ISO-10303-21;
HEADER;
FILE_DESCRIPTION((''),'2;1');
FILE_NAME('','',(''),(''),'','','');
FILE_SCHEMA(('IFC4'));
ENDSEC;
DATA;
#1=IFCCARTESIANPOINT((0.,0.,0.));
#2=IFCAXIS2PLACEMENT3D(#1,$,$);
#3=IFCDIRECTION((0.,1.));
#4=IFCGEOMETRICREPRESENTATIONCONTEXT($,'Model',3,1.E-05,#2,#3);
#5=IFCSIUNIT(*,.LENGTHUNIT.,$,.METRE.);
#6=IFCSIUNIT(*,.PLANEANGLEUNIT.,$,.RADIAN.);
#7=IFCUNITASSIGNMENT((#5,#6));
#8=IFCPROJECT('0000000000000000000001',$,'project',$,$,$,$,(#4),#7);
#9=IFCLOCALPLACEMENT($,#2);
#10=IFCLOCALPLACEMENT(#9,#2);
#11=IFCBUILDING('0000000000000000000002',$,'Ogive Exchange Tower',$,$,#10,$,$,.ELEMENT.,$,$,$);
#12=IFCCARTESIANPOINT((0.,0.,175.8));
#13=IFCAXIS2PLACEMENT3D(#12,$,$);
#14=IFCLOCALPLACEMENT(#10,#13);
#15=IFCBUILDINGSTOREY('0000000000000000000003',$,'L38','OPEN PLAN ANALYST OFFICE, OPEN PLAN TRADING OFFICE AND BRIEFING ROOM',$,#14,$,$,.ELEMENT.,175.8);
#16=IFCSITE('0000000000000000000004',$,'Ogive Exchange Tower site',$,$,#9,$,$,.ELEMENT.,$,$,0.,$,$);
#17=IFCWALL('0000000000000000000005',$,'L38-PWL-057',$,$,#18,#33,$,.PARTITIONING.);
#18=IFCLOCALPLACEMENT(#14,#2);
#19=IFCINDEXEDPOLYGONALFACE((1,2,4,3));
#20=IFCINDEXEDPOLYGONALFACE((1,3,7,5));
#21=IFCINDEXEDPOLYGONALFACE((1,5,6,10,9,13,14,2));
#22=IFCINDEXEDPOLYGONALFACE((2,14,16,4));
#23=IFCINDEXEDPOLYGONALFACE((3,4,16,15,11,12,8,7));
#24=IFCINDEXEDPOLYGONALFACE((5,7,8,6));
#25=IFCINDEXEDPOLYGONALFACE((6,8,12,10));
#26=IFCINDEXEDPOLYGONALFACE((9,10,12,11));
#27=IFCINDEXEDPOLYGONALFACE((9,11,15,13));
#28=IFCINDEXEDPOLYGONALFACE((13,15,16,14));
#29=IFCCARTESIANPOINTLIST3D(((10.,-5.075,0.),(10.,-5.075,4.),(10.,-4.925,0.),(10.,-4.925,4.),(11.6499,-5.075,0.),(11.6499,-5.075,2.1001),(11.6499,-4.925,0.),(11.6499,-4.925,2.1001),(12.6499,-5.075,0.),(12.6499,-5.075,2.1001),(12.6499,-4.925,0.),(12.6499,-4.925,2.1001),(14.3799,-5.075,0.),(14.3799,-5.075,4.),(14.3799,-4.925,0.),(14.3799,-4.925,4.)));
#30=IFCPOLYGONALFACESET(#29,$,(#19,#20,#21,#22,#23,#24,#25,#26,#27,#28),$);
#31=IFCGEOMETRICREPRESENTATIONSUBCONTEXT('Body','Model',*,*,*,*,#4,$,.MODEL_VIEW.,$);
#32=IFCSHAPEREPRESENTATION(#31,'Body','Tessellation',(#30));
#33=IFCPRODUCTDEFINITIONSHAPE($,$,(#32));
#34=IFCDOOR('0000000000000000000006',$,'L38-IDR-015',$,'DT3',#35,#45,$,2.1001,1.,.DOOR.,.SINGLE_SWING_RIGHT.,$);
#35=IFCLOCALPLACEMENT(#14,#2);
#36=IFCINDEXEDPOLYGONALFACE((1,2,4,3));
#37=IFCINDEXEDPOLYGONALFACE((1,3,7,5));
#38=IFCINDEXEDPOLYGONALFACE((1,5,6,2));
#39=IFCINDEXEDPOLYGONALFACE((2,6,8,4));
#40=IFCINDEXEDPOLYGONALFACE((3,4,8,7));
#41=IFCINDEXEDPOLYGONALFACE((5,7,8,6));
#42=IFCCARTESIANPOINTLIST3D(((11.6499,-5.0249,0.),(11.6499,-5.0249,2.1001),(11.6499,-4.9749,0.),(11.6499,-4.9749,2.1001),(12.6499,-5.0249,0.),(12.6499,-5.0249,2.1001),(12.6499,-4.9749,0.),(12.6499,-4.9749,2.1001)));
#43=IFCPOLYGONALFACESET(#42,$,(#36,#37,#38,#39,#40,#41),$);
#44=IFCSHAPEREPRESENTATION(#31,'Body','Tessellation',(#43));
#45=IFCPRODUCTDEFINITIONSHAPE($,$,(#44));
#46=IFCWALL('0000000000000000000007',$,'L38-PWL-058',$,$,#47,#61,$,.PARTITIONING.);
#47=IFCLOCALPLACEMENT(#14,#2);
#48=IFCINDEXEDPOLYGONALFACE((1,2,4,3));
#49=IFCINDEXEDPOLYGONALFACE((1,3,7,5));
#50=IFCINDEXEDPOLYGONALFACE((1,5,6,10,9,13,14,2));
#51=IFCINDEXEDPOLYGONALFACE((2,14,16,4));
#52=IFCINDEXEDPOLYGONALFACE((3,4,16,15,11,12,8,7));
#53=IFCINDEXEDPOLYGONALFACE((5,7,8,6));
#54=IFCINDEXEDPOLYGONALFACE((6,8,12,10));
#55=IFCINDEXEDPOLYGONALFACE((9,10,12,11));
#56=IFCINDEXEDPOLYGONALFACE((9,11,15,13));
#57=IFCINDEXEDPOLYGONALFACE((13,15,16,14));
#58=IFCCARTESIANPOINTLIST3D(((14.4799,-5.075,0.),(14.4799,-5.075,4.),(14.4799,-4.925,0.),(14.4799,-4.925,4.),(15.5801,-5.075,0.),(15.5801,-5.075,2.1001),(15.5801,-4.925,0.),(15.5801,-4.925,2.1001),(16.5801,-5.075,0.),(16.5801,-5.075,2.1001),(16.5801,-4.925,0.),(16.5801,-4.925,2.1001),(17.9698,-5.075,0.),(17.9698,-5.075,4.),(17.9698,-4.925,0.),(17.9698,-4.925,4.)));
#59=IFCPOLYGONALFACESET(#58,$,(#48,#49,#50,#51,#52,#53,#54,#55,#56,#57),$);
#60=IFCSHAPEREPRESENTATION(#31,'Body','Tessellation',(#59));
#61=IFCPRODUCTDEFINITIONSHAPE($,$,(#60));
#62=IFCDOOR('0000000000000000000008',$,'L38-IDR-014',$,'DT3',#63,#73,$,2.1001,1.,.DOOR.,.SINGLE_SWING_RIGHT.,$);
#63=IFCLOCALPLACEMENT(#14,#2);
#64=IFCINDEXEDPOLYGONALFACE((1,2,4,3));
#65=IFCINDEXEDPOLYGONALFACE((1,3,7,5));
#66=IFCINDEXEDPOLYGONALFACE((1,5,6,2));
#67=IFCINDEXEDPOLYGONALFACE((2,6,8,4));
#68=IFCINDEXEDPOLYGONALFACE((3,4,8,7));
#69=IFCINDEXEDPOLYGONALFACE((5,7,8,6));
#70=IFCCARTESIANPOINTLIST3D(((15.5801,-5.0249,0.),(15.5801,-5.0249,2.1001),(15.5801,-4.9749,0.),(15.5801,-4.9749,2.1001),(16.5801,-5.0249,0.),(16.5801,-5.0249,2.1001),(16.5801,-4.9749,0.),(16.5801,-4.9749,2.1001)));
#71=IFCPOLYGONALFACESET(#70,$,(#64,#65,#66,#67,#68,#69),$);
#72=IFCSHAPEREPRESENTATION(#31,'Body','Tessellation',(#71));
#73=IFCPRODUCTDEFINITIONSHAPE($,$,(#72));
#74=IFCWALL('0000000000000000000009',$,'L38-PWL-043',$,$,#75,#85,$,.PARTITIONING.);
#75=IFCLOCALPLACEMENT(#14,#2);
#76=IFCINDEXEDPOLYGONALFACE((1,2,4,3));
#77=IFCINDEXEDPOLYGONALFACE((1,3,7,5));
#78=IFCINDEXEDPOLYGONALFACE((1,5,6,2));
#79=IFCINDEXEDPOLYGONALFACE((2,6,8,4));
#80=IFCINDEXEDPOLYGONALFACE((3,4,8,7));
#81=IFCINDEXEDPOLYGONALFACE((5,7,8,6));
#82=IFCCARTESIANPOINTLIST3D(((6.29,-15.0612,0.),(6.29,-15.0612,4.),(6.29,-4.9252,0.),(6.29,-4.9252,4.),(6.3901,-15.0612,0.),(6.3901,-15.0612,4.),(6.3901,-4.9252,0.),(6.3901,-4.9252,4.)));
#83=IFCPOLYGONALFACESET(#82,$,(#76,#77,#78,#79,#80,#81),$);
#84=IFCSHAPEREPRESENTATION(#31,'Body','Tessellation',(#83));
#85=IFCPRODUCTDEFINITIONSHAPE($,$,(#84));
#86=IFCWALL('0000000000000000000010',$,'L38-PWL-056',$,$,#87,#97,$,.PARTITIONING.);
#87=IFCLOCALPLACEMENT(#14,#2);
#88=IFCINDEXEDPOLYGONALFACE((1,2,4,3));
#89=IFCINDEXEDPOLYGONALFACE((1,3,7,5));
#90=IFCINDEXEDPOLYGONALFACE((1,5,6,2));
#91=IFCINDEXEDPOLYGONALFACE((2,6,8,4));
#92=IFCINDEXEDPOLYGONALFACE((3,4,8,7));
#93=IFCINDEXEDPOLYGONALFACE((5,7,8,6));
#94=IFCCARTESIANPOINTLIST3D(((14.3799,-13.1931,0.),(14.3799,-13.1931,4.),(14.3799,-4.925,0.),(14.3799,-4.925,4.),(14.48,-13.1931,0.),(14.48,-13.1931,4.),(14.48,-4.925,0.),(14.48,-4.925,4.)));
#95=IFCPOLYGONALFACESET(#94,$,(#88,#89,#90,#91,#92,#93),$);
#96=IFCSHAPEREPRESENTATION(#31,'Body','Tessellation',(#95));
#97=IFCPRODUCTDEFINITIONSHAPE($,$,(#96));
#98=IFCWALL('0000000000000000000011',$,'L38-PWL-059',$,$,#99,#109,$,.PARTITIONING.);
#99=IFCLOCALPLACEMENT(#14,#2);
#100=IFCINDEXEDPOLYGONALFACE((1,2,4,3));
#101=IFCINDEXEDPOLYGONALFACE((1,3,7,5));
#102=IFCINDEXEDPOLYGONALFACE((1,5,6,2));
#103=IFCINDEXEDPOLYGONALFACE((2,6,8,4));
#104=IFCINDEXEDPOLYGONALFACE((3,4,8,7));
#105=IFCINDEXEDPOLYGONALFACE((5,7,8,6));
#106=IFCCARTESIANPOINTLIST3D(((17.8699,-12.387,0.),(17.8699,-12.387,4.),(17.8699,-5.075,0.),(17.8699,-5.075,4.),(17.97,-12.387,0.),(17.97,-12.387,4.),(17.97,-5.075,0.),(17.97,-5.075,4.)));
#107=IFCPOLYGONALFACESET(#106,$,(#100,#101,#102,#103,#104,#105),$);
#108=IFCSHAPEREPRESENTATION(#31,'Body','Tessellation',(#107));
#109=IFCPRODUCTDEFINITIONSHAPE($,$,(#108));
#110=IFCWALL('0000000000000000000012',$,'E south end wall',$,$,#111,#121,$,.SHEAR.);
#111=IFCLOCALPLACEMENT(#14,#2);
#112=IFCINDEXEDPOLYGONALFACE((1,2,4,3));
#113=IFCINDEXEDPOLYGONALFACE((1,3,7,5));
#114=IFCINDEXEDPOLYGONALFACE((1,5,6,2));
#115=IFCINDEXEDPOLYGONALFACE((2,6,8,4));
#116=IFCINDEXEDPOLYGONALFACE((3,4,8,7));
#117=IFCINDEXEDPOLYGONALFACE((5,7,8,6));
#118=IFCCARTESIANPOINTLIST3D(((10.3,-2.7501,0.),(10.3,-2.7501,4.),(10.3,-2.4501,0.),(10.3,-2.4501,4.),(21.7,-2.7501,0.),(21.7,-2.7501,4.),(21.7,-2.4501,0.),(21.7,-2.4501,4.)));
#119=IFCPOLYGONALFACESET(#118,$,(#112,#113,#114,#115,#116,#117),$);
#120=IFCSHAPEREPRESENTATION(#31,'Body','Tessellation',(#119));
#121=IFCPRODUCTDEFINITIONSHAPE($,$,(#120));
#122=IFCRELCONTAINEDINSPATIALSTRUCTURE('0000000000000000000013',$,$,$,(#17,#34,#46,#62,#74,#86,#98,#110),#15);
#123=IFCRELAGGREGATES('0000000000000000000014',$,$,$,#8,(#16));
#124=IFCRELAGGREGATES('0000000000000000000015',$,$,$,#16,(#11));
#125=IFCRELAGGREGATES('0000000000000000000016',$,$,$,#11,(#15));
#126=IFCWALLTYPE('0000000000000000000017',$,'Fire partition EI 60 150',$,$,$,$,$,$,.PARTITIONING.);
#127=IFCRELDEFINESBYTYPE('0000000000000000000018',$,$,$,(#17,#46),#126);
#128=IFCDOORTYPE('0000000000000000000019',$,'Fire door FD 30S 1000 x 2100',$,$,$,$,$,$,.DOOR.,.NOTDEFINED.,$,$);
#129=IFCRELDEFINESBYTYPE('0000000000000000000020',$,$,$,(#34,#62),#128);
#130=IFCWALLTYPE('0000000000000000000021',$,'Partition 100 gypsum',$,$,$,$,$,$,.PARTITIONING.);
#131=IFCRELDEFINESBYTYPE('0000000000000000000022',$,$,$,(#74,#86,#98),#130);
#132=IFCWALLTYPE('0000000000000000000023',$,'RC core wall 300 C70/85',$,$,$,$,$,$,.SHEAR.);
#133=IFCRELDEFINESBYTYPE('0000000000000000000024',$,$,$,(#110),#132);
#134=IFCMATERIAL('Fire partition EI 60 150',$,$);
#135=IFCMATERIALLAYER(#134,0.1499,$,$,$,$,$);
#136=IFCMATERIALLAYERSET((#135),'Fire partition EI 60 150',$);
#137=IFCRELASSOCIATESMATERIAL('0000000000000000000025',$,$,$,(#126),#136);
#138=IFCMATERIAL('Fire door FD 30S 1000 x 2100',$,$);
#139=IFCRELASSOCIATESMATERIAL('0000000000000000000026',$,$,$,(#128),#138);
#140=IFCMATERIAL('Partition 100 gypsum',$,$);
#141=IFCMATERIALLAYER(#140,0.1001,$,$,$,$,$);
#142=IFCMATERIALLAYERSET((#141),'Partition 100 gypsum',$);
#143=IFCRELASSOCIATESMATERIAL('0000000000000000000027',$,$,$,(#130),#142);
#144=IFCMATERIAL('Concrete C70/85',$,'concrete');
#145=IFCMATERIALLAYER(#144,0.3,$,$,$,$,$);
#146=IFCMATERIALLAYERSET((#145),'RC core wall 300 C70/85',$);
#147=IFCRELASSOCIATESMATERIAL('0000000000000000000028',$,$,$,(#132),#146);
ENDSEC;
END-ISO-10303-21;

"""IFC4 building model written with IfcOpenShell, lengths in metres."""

from ifc_helpers import new_model, si_unit, direction, frame, frame_2d, origin, place, context, subcontext, project, spatial, rectangle, extrude, material, layer, layer_set, type_object, element, fill, save


model = new_model("IFC4")

# Units and contexts
model_context = context("Model", 3, precision=1e-05, world=origin(), true_north=direction((0.0, 1.0)))
body_context = subcontext(model_context, "Body", "Model", "MODEL_VIEW")
ifc_project = project(units=[si_unit("LENGTHUNIT", "METRE"), si_unit("PLANEANGLEUNIT", "RADIAN")], contexts=[model_context])

# Site, building, storey
site_placement = place(None, origin())
site = spatial("IfcSite", under=ifc_project, at=site_placement, Name="Ogive Exchange Tower site", CompositionType="ELEMENT", RefElevation=0.0)
building_placement = place(site_placement, origin())
building = spatial("IfcBuilding", under=site, at=building_placement, Name="Ogive Exchange Tower", CompositionType="ELEMENT")
storey_placement = place(building_placement, frame((0.0, 0.0, 175.8)))
storey = spatial("IfcBuildingStorey", under=building, at=storey_placement, Name="L38", Description="OPEN PLAN ANALYST OFFICE, OPEN PLAN TRADING OFFICE AND BRIEFING ROOM", CompositionType="ELEMENT", Elevation=175.8)

# Shared definitions
ifc_material_1 = material(Name="Fire partition EI 60 150")
ifc_layer_1 = layer(ifc_material_1, 0.1499)
ifc_layer_set_1 = layer_set([ifc_layer_1], Name="Fire partition EI 60 150")
wall_type_1 = type_object("IfcWallType", Name="Fire partition EI 60 150", PredefinedType="PARTITIONING", material=ifc_layer_set_1)
ifc_material_2 = material(Name="Fire door FD 30S 1000 x 2100")
door_type_1 = type_object("IfcDoorType", Name="Fire door FD 30S 1000 x 2100", OperationType="NOTDEFINED", PredefinedType="DOOR", material=ifc_material_2)

# Walls, openings, doors
wall_1_placement = place(storey_placement, frame((14.3799, -5.0, 0.0), z_axis=(0.0, 0.0, 1.0), x_axis=(-1.0, 0.0, 0.0)))
wall_1 = element("IfcWall", 1, at=wall_1_placement, inside=storey, type_object=wall_type_1, Name="L38-PWL-057", PredefinedType="PARTITIONING", context=body_context, shape_type="SweptSolid", body=[
    extrude(rectangle(XDim=4.3799, YDim=0.1499, at=frame_2d((2.1899, 0.0))), origin(), (0.0, 0.0, 1.0), 4.0),
])
opening_1_placement = place(wall_1_placement, frame((1.73, 0.0, 0.0)))
opening_1 = element("IfcOpeningElement", 2, at=opening_1_placement, cuts=wall_1, PredefinedType="OPENING", context=body_context, shape_type="SweptSolid", body=[
    extrude(rectangle(XDim=1.0, YDim=2.1001, at=frame_2d((0.5, 1.05))), frame((0.0, 0.085, 0.0), z_axis=(0.0, -1.0, 0.0), x_axis=(1.0, 0.0, 0.0)), (0.0, 0.0, 1.0), 0.1699),
])
door_1_placement = place(opening_1_placement, origin())
door_1 = element("IfcDoor", 3, at=door_1_placement, inside=storey, type_object=door_type_1, Name="L38-IDR-015", ObjectType="DT3", OperationType="SINGLE_SWING_RIGHT", OverallHeight=2.1001, OverallWidth=1.0, PredefinedType="DOOR", context=body_context, shape_type="SweptSolid", body=[
    extrude(rectangle(XDim=1.0, YDim=2.1001, at=frame_2d((0.5, 1.05))), frame((0.0, 0.0249, 0.0), z_axis=(0.0, -1.0, 0.0), x_axis=(1.0, 0.0, 0.0)), (0.0, 0.0, 1.0), 0.05),
])
fill(opening_1, door_1)
wall_2_placement = place(storey_placement, frame((17.97, -5.0, 0.0), z_axis=(0.0, 0.0, 1.0), x_axis=(-1.0, 0.0, 0.0)))
wall_2 = element("IfcWall", 4, at=wall_2_placement, inside=storey, type_object=wall_type_1, Name="L38-PWL-058", PredefinedType="PARTITIONING", context=body_context, shape_type="SweptSolid", body=[
    extrude(rectangle(XDim=3.49, YDim=0.1499, at=frame_2d((1.7451, 0.0))), origin(), (0.0, 0.0, 1.0), 4.0),
])
opening_2_placement = place(wall_2_placement, frame((1.3899, 0.0, 0.0)))
opening_2 = element("IfcOpeningElement", 5, at=opening_2_placement, cuts=wall_2, PredefinedType="OPENING", context=body_context, shape_type="SweptSolid", body=[
    extrude(rectangle(XDim=1.0, YDim=2.1001, at=frame_2d((0.5, 1.05))), frame((0.0, 0.085, 0.0), z_axis=(0.0, -1.0, 0.0), x_axis=(1.0, 0.0, 0.0)), (0.0, 0.0, 1.0), 0.1699),
])
door_2_placement = place(opening_2_placement, origin())
door_2 = element("IfcDoor", 6, at=door_2_placement, inside=storey, type_object=door_type_1, Name="L38-IDR-014", ObjectType="DT3", OperationType="SINGLE_SWING_RIGHT", OverallHeight=2.1001, OverallWidth=1.0, PredefinedType="DOOR", context=body_context, shape_type="SweptSolid", body=[
    extrude(rectangle(XDim=1.0, YDim=2.1001, at=frame_2d((0.5, 1.05))), frame((0.0, 0.0249, 0.0), z_axis=(0.0, -1.0, 0.0), x_axis=(1.0, 0.0, 0.0)), (0.0, 0.0, 1.0), 0.05),
])
fill(opening_2, door_2)

# Walls
ifc_material_3 = material(Name="Partition 100 gypsum")
ifc_layer_2 = layer(ifc_material_3, 0.1001)
ifc_layer_set_2 = layer_set([ifc_layer_2], Name="Partition 100 gypsum")
wall_type_2 = type_object("IfcWallType", Name="Partition 100 gypsum", PredefinedType="PARTITIONING", material=ifc_layer_set_2)
wall_3_placement = place(storey_placement, frame((6.3401, -15.061, 0.0), z_axis=(0.0, 0.0, 1.0), x_axis=(0.0, 1.0, 0.0)))
element("IfcWall", 7, at=wall_3_placement, inside=storey, type_object=wall_type_2, Name="L38-PWL-043", PredefinedType="PARTITIONING", context=body_context, shape_type="SweptSolid", body=[
    extrude(rectangle(XDim=10.136, YDim=0.1001, at=frame_2d((5.0679, 0.0))), origin(), (0.0, 0.0, 1.0), 4.0),
])
wall_4_placement = place(storey_placement, frame((14.4299, -13.1931, 0.0), z_axis=(0.0, 0.0, 1.0), x_axis=(0.0, 1.0, 0.0)))
element("IfcWall", 8, at=wall_4_placement, inside=storey, type_object=wall_type_2, Name="L38-PWL-056", PredefinedType="PARTITIONING", context=body_context, shape_type="SweptSolid", body=[
    extrude(rectangle(XDim=8.2681, YDim=0.1001, at=frame_2d((4.134, 0.0))), origin(), (0.0, 0.0, 1.0), 4.0),
])
wall_5_placement = place(storey_placement, frame((17.9199, -5.075, 0.0), z_axis=(0.0, 0.0, 1.0), x_axis=(0.0, -1.0, 0.0)))
element("IfcWall", 9, at=wall_5_placement, inside=storey, type_object=wall_type_2, Name="L38-PWL-059", PredefinedType="PARTITIONING", context=body_context, shape_type="SweptSolid", body=[
    extrude(rectangle(XDim=7.312, YDim=0.1001, at=frame_2d((3.656, 0.0))), origin(), (0.0, 0.0, 1.0), 4.0),
])
ifc_material_4 = material(Name="Concrete C70/85", Category="concrete")
ifc_layer_3 = layer(ifc_material_4, 0.3)
ifc_layer_set_3 = layer_set([ifc_layer_3], Name="RC core wall 300 C70/85")
wall_type_3 = type_object("IfcWallType", Name="RC core wall 300 C70/85", PredefinedType="SHEAR", material=ifc_layer_set_3)
wall_6_placement = place(storey_placement, frame((10.3, -2.6001, 0.0), z_axis=(0.0, 0.0, 1.0), x_axis=(1.0, 0.0, 0.0)))
element("IfcWall", 10, at=wall_6_placement, inside=storey, type_object=wall_type_3, Name="E south end wall", PredefinedType="SHEAR", context=body_context, shape_type="SweptSolid", body=[
    extrude(rectangle(XDim=11.3999, YDim=0.3, at=frame_2d((5.7, 0.0))), origin(), (0.0, 0.0, 1.0), 4.0),
])

save(model, "model.ifc")
